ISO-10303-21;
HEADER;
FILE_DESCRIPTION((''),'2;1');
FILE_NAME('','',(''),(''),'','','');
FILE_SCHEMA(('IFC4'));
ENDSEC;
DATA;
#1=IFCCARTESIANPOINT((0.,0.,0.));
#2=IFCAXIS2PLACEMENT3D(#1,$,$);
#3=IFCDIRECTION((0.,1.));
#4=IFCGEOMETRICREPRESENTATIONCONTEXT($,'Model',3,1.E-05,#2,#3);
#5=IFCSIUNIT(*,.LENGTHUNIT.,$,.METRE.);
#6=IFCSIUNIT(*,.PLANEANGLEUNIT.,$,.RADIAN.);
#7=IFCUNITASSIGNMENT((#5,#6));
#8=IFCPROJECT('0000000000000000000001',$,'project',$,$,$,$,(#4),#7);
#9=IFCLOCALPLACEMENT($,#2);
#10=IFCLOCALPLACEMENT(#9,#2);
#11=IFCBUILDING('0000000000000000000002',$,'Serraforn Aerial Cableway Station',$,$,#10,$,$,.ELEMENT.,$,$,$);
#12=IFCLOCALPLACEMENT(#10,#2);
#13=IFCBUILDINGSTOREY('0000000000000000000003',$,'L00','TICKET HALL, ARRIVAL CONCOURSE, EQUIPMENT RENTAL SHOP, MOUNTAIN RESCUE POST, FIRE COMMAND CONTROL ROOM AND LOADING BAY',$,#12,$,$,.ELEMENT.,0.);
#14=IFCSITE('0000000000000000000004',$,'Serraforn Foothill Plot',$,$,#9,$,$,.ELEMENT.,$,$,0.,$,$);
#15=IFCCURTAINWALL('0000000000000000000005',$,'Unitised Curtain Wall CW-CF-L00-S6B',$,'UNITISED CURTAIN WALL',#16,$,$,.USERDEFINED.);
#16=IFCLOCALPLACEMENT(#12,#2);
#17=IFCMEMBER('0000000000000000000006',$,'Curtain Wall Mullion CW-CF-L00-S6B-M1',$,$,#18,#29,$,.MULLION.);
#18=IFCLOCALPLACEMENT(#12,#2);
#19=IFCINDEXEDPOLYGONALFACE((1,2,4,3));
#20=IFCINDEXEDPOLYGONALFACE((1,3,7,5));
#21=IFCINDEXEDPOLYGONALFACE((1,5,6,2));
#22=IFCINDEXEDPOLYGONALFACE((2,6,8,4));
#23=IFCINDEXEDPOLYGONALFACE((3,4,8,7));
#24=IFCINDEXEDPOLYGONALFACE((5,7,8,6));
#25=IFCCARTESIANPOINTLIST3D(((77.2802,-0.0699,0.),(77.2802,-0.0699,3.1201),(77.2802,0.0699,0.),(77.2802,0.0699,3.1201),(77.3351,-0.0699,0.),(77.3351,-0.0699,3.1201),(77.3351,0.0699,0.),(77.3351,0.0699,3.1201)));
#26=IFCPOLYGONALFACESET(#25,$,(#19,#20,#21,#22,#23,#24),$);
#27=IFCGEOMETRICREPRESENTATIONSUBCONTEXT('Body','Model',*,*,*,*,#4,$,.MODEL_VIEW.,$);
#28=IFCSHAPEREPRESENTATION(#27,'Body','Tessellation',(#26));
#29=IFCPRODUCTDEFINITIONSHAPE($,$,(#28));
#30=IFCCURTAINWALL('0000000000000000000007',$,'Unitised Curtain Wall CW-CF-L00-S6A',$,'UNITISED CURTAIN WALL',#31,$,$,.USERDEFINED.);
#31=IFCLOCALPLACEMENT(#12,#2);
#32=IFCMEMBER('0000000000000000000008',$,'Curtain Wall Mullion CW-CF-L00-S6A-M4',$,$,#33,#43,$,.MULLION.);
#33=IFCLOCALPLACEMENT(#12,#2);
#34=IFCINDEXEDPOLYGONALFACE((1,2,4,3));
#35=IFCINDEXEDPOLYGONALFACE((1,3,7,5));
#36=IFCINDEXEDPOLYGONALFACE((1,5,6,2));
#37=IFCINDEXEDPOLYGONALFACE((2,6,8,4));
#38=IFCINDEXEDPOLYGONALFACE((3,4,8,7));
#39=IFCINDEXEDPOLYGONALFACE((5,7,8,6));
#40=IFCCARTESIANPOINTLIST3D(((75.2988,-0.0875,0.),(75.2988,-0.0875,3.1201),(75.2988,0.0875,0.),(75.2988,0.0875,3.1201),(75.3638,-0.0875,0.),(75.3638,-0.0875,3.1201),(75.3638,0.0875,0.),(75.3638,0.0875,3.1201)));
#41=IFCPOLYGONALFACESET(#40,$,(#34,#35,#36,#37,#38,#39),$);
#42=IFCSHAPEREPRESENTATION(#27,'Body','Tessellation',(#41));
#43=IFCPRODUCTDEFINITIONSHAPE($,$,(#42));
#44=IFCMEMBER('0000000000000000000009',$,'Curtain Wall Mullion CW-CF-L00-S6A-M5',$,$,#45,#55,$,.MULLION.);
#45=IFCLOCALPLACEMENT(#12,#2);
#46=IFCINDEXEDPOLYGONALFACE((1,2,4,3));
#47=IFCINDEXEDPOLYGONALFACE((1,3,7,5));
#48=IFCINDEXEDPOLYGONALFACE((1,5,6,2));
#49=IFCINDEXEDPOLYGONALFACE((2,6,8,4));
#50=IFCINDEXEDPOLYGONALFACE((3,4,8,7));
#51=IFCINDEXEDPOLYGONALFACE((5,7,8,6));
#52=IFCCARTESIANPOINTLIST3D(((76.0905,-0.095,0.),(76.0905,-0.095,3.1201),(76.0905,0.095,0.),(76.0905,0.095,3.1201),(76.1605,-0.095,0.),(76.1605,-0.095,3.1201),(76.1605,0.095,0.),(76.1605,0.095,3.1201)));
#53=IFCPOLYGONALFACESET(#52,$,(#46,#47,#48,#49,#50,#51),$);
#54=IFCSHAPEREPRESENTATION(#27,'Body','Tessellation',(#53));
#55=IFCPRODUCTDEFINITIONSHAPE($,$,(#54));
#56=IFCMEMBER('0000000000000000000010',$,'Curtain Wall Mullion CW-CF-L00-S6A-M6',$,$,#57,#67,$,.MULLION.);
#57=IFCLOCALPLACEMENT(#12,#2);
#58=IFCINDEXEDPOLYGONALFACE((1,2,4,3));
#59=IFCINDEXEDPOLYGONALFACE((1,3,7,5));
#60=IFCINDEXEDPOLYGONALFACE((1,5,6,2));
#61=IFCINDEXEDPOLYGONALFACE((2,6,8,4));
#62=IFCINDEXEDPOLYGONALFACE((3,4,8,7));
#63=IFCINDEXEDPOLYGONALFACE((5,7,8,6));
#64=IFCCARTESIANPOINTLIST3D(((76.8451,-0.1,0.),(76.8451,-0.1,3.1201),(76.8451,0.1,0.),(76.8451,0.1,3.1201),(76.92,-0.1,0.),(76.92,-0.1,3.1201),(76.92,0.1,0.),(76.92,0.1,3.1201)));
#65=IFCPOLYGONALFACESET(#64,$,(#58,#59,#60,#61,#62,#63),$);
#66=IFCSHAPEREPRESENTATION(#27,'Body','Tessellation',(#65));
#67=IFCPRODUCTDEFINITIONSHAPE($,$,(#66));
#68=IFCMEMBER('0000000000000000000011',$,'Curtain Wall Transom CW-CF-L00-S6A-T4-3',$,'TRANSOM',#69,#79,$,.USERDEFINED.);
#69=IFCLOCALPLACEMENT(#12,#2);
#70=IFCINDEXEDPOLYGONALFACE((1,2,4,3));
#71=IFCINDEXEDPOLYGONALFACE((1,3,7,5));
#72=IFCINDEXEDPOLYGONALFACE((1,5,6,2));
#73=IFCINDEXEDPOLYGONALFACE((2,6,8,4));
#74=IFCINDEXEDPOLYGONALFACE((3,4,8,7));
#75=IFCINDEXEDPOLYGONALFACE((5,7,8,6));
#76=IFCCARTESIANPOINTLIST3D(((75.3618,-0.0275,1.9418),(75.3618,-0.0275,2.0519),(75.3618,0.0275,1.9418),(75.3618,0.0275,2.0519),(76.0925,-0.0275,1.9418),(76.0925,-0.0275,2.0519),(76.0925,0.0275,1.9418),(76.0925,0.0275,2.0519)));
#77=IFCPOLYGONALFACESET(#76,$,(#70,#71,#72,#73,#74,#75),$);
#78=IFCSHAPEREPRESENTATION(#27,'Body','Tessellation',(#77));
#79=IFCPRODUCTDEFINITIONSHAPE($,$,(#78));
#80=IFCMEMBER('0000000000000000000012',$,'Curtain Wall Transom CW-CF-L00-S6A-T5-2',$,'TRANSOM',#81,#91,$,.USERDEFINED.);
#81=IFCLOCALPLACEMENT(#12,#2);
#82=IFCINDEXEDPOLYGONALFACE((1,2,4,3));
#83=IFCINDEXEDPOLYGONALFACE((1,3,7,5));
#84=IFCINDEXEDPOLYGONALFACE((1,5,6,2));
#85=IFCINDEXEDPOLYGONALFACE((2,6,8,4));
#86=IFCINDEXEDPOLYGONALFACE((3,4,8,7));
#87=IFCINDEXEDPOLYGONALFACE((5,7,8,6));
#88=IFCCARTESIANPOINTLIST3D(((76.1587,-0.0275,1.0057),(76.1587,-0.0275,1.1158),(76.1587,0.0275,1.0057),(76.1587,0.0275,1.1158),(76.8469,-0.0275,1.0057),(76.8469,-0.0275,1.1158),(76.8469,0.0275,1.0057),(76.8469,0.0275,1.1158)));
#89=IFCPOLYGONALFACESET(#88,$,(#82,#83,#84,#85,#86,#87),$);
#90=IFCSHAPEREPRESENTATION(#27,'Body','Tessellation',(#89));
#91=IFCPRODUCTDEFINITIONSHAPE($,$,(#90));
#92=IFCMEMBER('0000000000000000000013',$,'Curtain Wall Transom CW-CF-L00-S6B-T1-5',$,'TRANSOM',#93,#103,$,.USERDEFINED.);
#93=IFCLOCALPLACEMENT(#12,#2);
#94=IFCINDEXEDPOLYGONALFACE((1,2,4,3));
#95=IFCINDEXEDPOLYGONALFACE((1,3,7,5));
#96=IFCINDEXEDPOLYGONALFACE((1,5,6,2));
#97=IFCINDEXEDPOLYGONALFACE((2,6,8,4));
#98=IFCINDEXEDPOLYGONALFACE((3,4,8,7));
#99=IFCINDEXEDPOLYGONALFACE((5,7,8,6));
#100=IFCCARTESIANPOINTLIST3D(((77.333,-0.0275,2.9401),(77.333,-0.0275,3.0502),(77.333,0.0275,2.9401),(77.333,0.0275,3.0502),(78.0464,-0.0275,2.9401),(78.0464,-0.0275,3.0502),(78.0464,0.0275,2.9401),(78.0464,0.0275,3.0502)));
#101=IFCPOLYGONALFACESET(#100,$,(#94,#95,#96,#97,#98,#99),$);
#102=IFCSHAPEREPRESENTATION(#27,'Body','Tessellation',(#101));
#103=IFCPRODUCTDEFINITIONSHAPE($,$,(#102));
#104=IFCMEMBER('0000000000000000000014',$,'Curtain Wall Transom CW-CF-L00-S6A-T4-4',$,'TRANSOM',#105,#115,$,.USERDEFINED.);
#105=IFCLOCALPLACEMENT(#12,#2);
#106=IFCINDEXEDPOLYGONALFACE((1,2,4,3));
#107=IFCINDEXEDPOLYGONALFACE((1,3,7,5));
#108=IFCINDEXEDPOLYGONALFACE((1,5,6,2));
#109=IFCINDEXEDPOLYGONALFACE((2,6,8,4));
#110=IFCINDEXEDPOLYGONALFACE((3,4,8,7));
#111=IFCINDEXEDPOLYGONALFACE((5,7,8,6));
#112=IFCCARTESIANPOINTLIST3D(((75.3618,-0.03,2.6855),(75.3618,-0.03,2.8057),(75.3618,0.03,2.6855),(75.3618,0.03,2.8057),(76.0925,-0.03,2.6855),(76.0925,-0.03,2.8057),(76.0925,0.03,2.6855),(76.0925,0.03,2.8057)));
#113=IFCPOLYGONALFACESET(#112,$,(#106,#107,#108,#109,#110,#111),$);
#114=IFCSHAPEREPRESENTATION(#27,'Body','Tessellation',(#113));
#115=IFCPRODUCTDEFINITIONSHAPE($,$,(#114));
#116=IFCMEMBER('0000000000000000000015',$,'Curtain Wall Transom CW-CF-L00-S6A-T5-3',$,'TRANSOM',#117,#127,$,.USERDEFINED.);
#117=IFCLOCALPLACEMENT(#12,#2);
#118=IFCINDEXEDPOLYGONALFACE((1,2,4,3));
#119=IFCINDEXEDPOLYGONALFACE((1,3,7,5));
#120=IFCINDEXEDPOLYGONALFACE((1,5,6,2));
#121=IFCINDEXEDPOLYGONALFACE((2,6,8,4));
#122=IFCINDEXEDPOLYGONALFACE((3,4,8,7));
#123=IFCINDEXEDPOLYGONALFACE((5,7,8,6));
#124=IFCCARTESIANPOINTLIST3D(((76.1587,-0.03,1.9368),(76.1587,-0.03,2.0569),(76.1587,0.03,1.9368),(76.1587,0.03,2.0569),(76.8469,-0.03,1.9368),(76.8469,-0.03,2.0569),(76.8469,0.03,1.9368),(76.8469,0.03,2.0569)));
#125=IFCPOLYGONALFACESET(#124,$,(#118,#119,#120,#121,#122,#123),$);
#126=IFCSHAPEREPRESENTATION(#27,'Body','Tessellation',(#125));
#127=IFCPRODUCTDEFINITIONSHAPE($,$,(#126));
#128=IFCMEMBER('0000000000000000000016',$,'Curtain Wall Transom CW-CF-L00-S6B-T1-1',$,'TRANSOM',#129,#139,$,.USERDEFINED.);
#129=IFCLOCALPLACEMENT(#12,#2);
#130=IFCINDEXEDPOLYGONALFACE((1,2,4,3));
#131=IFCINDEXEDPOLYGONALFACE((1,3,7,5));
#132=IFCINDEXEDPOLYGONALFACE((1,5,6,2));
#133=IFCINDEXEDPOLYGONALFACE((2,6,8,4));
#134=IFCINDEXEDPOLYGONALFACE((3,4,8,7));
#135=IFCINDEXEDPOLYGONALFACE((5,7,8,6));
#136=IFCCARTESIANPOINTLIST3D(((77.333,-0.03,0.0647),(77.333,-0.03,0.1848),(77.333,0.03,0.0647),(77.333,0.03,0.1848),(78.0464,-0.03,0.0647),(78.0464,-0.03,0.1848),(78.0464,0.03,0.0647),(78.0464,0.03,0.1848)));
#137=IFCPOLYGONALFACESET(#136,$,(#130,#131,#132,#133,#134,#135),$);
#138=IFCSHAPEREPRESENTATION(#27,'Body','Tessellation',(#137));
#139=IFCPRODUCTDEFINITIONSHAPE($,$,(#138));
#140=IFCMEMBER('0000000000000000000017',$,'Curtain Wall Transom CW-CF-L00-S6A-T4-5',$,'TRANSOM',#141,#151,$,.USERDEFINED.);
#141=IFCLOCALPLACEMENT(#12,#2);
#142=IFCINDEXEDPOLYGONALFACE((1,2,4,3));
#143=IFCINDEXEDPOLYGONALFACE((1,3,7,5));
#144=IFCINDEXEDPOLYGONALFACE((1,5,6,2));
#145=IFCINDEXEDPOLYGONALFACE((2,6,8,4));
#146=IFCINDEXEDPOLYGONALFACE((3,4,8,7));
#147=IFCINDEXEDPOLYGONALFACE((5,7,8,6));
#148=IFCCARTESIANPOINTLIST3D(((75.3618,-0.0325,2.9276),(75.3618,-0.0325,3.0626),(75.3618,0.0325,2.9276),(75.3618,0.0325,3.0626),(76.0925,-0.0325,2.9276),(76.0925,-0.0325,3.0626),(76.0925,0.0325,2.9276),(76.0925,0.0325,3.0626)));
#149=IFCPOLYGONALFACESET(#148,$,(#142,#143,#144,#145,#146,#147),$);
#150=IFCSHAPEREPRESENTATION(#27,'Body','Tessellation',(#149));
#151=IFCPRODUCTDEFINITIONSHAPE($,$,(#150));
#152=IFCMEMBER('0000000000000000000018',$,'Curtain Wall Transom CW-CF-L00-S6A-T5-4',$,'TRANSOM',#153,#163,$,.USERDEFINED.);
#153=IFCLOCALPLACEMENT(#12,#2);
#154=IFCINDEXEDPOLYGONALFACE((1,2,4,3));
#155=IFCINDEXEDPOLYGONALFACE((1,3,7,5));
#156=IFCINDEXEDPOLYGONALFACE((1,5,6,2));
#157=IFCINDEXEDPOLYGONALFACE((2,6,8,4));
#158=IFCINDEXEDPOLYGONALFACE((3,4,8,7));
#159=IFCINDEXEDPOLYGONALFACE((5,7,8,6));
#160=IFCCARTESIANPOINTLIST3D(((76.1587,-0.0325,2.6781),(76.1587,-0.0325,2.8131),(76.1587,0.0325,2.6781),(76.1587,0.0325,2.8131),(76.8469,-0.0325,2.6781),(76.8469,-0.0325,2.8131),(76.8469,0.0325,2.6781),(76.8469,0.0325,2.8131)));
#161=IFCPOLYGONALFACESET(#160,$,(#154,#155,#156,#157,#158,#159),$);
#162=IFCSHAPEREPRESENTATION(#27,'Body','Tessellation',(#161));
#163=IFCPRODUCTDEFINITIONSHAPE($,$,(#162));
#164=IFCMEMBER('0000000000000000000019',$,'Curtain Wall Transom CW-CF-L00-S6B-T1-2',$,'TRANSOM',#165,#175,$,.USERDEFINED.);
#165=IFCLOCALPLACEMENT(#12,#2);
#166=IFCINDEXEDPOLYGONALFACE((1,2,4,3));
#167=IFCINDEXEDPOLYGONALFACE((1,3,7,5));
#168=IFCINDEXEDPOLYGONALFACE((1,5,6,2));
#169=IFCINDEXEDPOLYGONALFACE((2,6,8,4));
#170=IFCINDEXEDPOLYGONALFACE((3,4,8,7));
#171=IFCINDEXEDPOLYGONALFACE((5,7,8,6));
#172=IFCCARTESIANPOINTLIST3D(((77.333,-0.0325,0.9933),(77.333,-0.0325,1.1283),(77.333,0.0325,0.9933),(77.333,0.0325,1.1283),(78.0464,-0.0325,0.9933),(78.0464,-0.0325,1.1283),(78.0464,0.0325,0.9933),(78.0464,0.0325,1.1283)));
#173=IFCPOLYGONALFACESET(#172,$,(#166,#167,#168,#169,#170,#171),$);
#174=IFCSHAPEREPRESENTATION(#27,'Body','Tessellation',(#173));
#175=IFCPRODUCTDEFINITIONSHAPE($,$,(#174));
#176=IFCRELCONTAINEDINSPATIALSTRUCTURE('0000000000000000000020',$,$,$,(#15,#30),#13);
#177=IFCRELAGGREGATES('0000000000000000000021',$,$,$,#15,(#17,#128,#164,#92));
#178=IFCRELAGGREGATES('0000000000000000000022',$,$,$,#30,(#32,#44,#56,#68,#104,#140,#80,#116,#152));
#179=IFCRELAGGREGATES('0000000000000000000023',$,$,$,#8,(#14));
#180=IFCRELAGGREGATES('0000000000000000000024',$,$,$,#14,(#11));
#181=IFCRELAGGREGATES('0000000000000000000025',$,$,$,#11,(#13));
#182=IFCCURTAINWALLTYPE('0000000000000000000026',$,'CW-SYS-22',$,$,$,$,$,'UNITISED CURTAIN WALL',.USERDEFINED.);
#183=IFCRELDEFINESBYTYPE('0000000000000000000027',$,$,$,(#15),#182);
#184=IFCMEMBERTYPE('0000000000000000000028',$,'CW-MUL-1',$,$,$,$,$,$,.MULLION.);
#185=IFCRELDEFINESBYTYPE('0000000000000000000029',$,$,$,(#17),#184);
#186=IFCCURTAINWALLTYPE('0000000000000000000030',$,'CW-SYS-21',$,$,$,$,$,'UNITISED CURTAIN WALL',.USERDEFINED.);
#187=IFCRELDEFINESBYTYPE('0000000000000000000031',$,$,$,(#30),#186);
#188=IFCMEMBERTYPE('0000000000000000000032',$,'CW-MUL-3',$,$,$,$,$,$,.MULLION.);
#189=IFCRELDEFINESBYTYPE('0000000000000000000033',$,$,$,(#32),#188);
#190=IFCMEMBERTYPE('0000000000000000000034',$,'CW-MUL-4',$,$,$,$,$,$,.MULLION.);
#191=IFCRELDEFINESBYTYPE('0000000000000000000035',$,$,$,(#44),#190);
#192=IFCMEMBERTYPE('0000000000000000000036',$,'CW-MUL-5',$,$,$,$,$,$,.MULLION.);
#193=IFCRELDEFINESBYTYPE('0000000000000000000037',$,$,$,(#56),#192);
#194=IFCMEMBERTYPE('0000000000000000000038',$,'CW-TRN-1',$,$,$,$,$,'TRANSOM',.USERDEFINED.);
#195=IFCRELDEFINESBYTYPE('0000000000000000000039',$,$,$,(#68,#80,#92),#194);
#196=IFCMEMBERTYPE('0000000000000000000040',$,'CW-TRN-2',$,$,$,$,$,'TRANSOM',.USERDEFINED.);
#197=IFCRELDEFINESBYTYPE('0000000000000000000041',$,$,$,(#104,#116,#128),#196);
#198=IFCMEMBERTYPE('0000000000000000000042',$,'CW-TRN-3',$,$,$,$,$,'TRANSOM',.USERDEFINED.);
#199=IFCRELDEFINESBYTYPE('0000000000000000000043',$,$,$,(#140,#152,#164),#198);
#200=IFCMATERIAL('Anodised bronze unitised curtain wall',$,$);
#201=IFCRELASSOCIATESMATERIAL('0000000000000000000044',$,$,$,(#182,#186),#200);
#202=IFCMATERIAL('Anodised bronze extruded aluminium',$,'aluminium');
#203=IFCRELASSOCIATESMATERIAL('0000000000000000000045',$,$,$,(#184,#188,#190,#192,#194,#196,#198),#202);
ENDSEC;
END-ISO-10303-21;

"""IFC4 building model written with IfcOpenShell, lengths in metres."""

from ifc_helpers import new_model, si_unit, direction, frame, origin, origin_2d, place, context, subcontext, project, spatial, rectangle, extrude, material, material_profile, profile_set, type_object, element, aggregate, save


model = new_model("IFC4")

# Units and contexts
model_context = context("Model", 3, precision=1e-05, world=origin(), true_north=direction((0.0, 1.0)))
body_context = subcontext(model_context, "Body", "Model", "MODEL_VIEW")
ifc_project = project(units=[si_unit("LENGTHUNIT", "METRE"), si_unit("PLANEANGLEUNIT", "RADIAN")], contexts=[model_context])

# Site, building, storey
site_placement = place(None, origin())
site = spatial("IfcSite", under=ifc_project, at=site_placement, Name="Serraforn Foothill Plot", CompositionType="ELEMENT", RefElevation=0.0)
building_placement = place(site_placement, origin())
building = spatial("IfcBuilding", under=site, at=building_placement, Name="Serraforn Aerial Cableway Station", CompositionType="ELEMENT")
storey_placement = place(building_placement, origin())
storey = spatial("IfcBuildingStorey", under=building, at=storey_placement, Name="L00", Description="TICKET HALL, ARRIVAL CONCOURSE, EQUIPMENT RENTAL SHOP, MOUNTAIN RESCUE POST, FIRE COMMAND CONTROL ROOM AND LOADING BAY", CompositionType="ELEMENT", Elevation=0.0)

# Curtain wall, member
ifc_material_1 = material(Name="Anodised bronze unitised curtain wall")
curtain_wall_type_1 = type_object("IfcCurtainWallType", Name="CW-SYS-22", ElementType="UNITISED CURTAIN WALL", PredefinedType="USERDEFINED", material=ifc_material_1)
curtain_wall_1_placement = place(storey_placement, origin())
curtain_wall_1 = element("IfcCurtainWall", 1, at=curtain_wall_1_placement, inside=storey, type_object=curtain_wall_type_1, Name="Unitised Curtain Wall CW-CF-L00-S6B", ObjectType="UNITISED CURTAIN WALL", PredefinedType="USERDEFINED")
ifc_material_2 = material(Name="Anodised bronze extruded aluminium", Category="aluminium")
ifc_material_profile_1 = material_profile(ifc_material_2, rectangle(XDim=0.0549, YDim=0.1399, at=origin_2d()), Name="CW MULLION 55x140")
ifc_profile_set_1 = profile_set([ifc_material_profile_1], Name="Anodised bronze extruded aluminium")
member_type_1 = type_object("IfcMemberType", Name="CW-MUL-1", PredefinedType="MULLION", material=ifc_profile_set_1)
member_1_placement = place(storey_placement, frame((77.3076, 0.0, 0.0), z_axis=(0.0, 0.0, 1.0), x_axis=(1.0, 0.0, 0.0)))
member_1 = element("IfcMember", 2, at=member_1_placement, type_object=member_type_1, Name="Curtain Wall Mullion CW-CF-L00-S6B-M1", PredefinedType="MULLION", context=body_context, shape_type="SweptSolid", body=[
    extrude(rectangle(XDim=0.0549, YDim=0.1399, at=origin_2d()), origin(), (0.0, 0.0, 1.0), 3.1201),
])

# Curtain wall, members
curtain_wall_type_2 = type_object("IfcCurtainWallType", Name="CW-SYS-21", ElementType="UNITISED CURTAIN WALL", PredefinedType="USERDEFINED", material=ifc_material_1)
curtain_wall_2_placement = place(storey_placement, origin())
curtain_wall_2 = element("IfcCurtainWall", 3, at=curtain_wall_2_placement, inside=storey, type_object=curtain_wall_type_2, Name="Unitised Curtain Wall CW-CF-L00-S6A", ObjectType="UNITISED CURTAIN WALL", PredefinedType="USERDEFINED")
ifc_material_profile_2 = material_profile(ifc_material_2, rectangle(XDim=0.0649, YDim=0.175, at=origin_2d()), Name="CW MULLION 65x175")
ifc_profile_set_2 = profile_set([ifc_material_profile_2], Name="Anodised bronze extruded aluminium")
member_type_2 = type_object("IfcMemberType", Name="CW-MUL-3", PredefinedType="MULLION", material=ifc_profile_set_2)
member_2_placement = place(storey_placement, frame((75.3313, 0.0, 0.0), z_axis=(0.0, 0.0, 1.0), x_axis=(1.0, 0.0, 0.0)))
member_2 = element("IfcMember", 4, at=member_2_placement, type_object=member_type_2, Name="Curtain Wall Mullion CW-CF-L00-S6A-M4", PredefinedType="MULLION", context=body_context, shape_type="SweptSolid", body=[
    extrude(rectangle(XDim=0.0649, YDim=0.175, at=origin_2d()), origin(), (0.0, 0.0, 1.0), 3.1201),
])
ifc_material_profile_3 = material_profile(ifc_material_2, rectangle(XDim=0.0701, YDim=0.1899, at=origin_2d()), Name="CW MULLION 70x190")
ifc_profile_set_3 = profile_set([ifc_material_profile_3], Name="Anodised bronze extruded aluminium")
member_type_3 = type_object("IfcMemberType", Name="CW-MUL-4", PredefinedType="MULLION", material=ifc_profile_set_3)
member_3_placement = place(storey_placement, frame((76.1255, 0.0, 0.0), z_axis=(0.0, 0.0, 1.0), x_axis=(1.0, 0.0, 0.0)))
member_3 = element("IfcMember", 5, at=member_3_placement, type_object=member_type_3, Name="Curtain Wall Mullion CW-CF-L00-S6A-M5", PredefinedType="MULLION", context=body_context, shape_type="SweptSolid", body=[
    extrude(rectangle(XDim=0.0701, YDim=0.1899, at=origin_2d()), origin(), (0.0, 0.0, 1.0), 3.1201),
])
ifc_material_profile_4 = material_profile(ifc_material_2, rectangle(XDim=0.075, YDim=0.2, at=origin_2d()), Name="CW MULLION 75x200")
ifc_profile_set_4 = profile_set([ifc_material_profile_4], Name="Anodised bronze extruded aluminium")
member_type_4 = type_object("IfcMemberType", Name="CW-MUL-5", PredefinedType="MULLION", material=ifc_profile_set_4)
member_4_placement = place(storey_placement, frame((76.8826, 0.0, 0.0), z_axis=(0.0, 0.0, 1.0), x_axis=(1.0, 0.0, 0.0)))
member_4 = element("IfcMember", 6, at=member_4_placement, type_object=member_type_4, Name="Curtain Wall Mullion CW-CF-L00-S6A-M6", PredefinedType="MULLION", context=body_context, shape_type="SweptSolid", body=[
    extrude(rectangle(XDim=0.075, YDim=0.2, at=origin_2d()), origin(), (0.0, 0.0, 1.0), 3.1201),
])
ifc_material_profile_5 = material_profile(ifc_material_2, rectangle(XDim=0.0549, YDim=0.1101, at=origin_2d()), Name="CW TRANSOM 55x110")
ifc_profile_set_5 = profile_set([ifc_material_profile_5], Name="Anodised bronze extruded aluminium")
member_type_5 = type_object("IfcMemberType", Name="CW-TRN-1", ElementType="TRANSOM", PredefinedType="USERDEFINED", material=ifc_profile_set_5)
member_5_placement = place(storey_placement, frame((75.3618, 0.0, 1.9968), z_axis=(1.0, 0.0, 0.0), x_axis=(0.0, 1.0, 0.0)))
member_5 = element("IfcMember", 7, at=member_5_placement, type_object=member_type_5, Name="Curtain Wall Transom CW-CF-L00-S6A-T4-3", ObjectType="TRANSOM", PredefinedType="USERDEFINED", context=body_context, shape_type="SweptSolid", body=[
    extrude(rectangle(XDim=0.0549, YDim=0.1101, at=origin_2d()), origin(), (0.0, 0.0, 1.0), 0.7307),
])
member_6_placement = place(storey_placement, frame((76.1587, 0.0, 1.0608), z_axis=(1.0, 0.0, 0.0), x_axis=(0.0, 1.0, 0.0)))
member_6 = element("IfcMember", 8, at=member_6_placement, type_object=member_type_5, Name="Curtain Wall Transom CW-CF-L00-S6A-T5-2", ObjectType="TRANSOM", PredefinedType="USERDEFINED", context=body_context, shape_type="SweptSolid", body=[
    extrude(rectangle(XDim=0.0549, YDim=0.1101, at=origin_2d()), origin(), (0.0, 0.0, 1.0), 0.6882),
])

# Members
member_7_placement = place(storey_placement, frame((77.333, 0.0, 2.9951), z_axis=(1.0, 0.0, 0.0), x_axis=(0.0, 1.0, 0.0)))
member_7 = element("IfcMember", 9, at=member_7_placement, type_object=member_type_5, Name="Curtain Wall Transom CW-CF-L00-S6B-T1-5", ObjectType="TRANSOM", PredefinedType="USERDEFINED", context=body_context, shape_type="SweptSolid", body=[
    extrude(rectangle(XDim=0.0549, YDim=0.1101, at=origin_2d()), origin(), (0.0, 0.0, 1.0), 0.7134),
])
ifc_material_profile_6 = material_profile(ifc_material_2, rectangle(XDim=0.0601, YDim=0.1201, at=origin_2d()), Name="CW TRANSOM 60x120")
ifc_profile_set_6 = profile_set([ifc_material_profile_6], Name="Anodised bronze extruded aluminium")
member_type_6 = type_object("IfcMemberType", Name="CW-TRN-2", ElementType="TRANSOM", PredefinedType="USERDEFINED", material=ifc_profile_set_6)
member_8_placement = place(storey_placement, frame((75.3618, 0.0, 2.7456), z_axis=(1.0, 0.0, 0.0), x_axis=(0.0, 1.0, 0.0)))
member_8 = element("IfcMember", 10, at=member_8_placement, type_object=member_type_6, Name="Curtain Wall Transom CW-CF-L00-S6A-T4-4", ObjectType="TRANSOM", PredefinedType="USERDEFINED", context=body_context, shape_type="SweptSolid", body=[
    extrude(rectangle(XDim=0.0601, YDim=0.1201, at=origin_2d()), origin(), (0.0, 0.0, 1.0), 0.7307),
])
member_9_placement = place(storey_placement, frame((76.1587, 0.0, 1.9968), z_axis=(1.0, 0.0, 0.0), x_axis=(0.0, 1.0, 0.0)))
member_9 = element("IfcMember", 11, at=member_9_placement, type_object=member_type_6, Name="Curtain Wall Transom CW-CF-L00-S6A-T5-3", ObjectType="TRANSOM", PredefinedType="USERDEFINED", context=body_context, shape_type="SweptSolid", body=[
    extrude(rectangle(XDim=0.0601, YDim=0.1201, at=origin_2d()), origin(), (0.0, 0.0, 1.0), 0.6882),
])
member_10_placement = place(storey_placement, frame((77.333, 0.0, 0.1248), z_axis=(1.0, 0.0, 0.0), x_axis=(0.0, 1.0, 0.0)))
member_10 = element("IfcMember", 12, at=member_10_placement, type_object=member_type_6, Name="Curtain Wall Transom CW-CF-L00-S6B-T1-1", ObjectType="TRANSOM", PredefinedType="USERDEFINED", context=body_context, shape_type="SweptSolid", body=[
    extrude(rectangle(XDim=0.0601, YDim=0.1201, at=origin_2d()), origin(), (0.0, 0.0, 1.0), 0.7134),
])
ifc_material_profile_7 = material_profile(ifc_material_2, rectangle(XDim=0.0649, YDim=0.135, at=origin_2d()), Name="CW TRANSOM 65x135")
ifc_profile_set_7 = profile_set([ifc_material_profile_7], Name="Anodised bronze extruded aluminium")
member_type_7 = type_object("IfcMemberType", Name="CW-TRN-3", ElementType="TRANSOM", PredefinedType="USERDEFINED", material=ifc_profile_set_7)
member_11_placement = place(storey_placement, frame((75.3618, 0.0, 2.9951), z_axis=(1.0, 0.0, 0.0), x_axis=(0.0, 1.0, 0.0)))
member_11 = element("IfcMember", 13, at=member_11_placement, type_object=member_type_7, Name="Curtain Wall Transom CW-CF-L00-S6A-T4-5", ObjectType="TRANSOM", PredefinedType="USERDEFINED", context=body_context, shape_type="SweptSolid", body=[
    extrude(rectangle(XDim=0.0649, YDim=0.135, at=origin_2d()), origin(), (0.0, 0.0, 1.0), 0.7307),
])
member_12_placement = place(storey_placement, frame((76.1587, 0.0, 2.7456), z_axis=(1.0, 0.0, 0.0), x_axis=(0.0, 1.0, 0.0)))
member_12 = element("IfcMember", 14, at=member_12_placement, type_object=member_type_7, Name="Curtain Wall Transom CW-CF-L00-S6A-T5-4", ObjectType="TRANSOM", PredefinedType="USERDEFINED", context=body_context, shape_type="SweptSolid", body=[
    extrude(rectangle(XDim=0.0649, YDim=0.135, at=origin_2d()), origin(), (0.0, 0.0, 1.0), 0.6882),
])
member_13_placement = place(storey_placement, frame((77.333, 0.0, 1.0608), z_axis=(1.0, 0.0, 0.0), x_axis=(0.0, 1.0, 0.0)))
member_13 = element("IfcMember", 15, at=member_13_placement, type_object=member_type_7, Name="Curtain Wall Transom CW-CF-L00-S6B-T1-2", ObjectType="TRANSOM", PredefinedType="USERDEFINED", context=body_context, shape_type="SweptSolid", body=[
    extrude(rectangle(XDim=0.0649, YDim=0.135, at=origin_2d()), origin(), (0.0, 0.0, 1.0), 0.7134),
])
aggregate(curtain_wall_1, [member_1, member_10, member_13, member_7])

aggregate(curtain_wall_2, [member_2, member_3, member_4, member_5, member_8, member_11, member_6, member_9, member_12])

save(model, "model.ifc")
